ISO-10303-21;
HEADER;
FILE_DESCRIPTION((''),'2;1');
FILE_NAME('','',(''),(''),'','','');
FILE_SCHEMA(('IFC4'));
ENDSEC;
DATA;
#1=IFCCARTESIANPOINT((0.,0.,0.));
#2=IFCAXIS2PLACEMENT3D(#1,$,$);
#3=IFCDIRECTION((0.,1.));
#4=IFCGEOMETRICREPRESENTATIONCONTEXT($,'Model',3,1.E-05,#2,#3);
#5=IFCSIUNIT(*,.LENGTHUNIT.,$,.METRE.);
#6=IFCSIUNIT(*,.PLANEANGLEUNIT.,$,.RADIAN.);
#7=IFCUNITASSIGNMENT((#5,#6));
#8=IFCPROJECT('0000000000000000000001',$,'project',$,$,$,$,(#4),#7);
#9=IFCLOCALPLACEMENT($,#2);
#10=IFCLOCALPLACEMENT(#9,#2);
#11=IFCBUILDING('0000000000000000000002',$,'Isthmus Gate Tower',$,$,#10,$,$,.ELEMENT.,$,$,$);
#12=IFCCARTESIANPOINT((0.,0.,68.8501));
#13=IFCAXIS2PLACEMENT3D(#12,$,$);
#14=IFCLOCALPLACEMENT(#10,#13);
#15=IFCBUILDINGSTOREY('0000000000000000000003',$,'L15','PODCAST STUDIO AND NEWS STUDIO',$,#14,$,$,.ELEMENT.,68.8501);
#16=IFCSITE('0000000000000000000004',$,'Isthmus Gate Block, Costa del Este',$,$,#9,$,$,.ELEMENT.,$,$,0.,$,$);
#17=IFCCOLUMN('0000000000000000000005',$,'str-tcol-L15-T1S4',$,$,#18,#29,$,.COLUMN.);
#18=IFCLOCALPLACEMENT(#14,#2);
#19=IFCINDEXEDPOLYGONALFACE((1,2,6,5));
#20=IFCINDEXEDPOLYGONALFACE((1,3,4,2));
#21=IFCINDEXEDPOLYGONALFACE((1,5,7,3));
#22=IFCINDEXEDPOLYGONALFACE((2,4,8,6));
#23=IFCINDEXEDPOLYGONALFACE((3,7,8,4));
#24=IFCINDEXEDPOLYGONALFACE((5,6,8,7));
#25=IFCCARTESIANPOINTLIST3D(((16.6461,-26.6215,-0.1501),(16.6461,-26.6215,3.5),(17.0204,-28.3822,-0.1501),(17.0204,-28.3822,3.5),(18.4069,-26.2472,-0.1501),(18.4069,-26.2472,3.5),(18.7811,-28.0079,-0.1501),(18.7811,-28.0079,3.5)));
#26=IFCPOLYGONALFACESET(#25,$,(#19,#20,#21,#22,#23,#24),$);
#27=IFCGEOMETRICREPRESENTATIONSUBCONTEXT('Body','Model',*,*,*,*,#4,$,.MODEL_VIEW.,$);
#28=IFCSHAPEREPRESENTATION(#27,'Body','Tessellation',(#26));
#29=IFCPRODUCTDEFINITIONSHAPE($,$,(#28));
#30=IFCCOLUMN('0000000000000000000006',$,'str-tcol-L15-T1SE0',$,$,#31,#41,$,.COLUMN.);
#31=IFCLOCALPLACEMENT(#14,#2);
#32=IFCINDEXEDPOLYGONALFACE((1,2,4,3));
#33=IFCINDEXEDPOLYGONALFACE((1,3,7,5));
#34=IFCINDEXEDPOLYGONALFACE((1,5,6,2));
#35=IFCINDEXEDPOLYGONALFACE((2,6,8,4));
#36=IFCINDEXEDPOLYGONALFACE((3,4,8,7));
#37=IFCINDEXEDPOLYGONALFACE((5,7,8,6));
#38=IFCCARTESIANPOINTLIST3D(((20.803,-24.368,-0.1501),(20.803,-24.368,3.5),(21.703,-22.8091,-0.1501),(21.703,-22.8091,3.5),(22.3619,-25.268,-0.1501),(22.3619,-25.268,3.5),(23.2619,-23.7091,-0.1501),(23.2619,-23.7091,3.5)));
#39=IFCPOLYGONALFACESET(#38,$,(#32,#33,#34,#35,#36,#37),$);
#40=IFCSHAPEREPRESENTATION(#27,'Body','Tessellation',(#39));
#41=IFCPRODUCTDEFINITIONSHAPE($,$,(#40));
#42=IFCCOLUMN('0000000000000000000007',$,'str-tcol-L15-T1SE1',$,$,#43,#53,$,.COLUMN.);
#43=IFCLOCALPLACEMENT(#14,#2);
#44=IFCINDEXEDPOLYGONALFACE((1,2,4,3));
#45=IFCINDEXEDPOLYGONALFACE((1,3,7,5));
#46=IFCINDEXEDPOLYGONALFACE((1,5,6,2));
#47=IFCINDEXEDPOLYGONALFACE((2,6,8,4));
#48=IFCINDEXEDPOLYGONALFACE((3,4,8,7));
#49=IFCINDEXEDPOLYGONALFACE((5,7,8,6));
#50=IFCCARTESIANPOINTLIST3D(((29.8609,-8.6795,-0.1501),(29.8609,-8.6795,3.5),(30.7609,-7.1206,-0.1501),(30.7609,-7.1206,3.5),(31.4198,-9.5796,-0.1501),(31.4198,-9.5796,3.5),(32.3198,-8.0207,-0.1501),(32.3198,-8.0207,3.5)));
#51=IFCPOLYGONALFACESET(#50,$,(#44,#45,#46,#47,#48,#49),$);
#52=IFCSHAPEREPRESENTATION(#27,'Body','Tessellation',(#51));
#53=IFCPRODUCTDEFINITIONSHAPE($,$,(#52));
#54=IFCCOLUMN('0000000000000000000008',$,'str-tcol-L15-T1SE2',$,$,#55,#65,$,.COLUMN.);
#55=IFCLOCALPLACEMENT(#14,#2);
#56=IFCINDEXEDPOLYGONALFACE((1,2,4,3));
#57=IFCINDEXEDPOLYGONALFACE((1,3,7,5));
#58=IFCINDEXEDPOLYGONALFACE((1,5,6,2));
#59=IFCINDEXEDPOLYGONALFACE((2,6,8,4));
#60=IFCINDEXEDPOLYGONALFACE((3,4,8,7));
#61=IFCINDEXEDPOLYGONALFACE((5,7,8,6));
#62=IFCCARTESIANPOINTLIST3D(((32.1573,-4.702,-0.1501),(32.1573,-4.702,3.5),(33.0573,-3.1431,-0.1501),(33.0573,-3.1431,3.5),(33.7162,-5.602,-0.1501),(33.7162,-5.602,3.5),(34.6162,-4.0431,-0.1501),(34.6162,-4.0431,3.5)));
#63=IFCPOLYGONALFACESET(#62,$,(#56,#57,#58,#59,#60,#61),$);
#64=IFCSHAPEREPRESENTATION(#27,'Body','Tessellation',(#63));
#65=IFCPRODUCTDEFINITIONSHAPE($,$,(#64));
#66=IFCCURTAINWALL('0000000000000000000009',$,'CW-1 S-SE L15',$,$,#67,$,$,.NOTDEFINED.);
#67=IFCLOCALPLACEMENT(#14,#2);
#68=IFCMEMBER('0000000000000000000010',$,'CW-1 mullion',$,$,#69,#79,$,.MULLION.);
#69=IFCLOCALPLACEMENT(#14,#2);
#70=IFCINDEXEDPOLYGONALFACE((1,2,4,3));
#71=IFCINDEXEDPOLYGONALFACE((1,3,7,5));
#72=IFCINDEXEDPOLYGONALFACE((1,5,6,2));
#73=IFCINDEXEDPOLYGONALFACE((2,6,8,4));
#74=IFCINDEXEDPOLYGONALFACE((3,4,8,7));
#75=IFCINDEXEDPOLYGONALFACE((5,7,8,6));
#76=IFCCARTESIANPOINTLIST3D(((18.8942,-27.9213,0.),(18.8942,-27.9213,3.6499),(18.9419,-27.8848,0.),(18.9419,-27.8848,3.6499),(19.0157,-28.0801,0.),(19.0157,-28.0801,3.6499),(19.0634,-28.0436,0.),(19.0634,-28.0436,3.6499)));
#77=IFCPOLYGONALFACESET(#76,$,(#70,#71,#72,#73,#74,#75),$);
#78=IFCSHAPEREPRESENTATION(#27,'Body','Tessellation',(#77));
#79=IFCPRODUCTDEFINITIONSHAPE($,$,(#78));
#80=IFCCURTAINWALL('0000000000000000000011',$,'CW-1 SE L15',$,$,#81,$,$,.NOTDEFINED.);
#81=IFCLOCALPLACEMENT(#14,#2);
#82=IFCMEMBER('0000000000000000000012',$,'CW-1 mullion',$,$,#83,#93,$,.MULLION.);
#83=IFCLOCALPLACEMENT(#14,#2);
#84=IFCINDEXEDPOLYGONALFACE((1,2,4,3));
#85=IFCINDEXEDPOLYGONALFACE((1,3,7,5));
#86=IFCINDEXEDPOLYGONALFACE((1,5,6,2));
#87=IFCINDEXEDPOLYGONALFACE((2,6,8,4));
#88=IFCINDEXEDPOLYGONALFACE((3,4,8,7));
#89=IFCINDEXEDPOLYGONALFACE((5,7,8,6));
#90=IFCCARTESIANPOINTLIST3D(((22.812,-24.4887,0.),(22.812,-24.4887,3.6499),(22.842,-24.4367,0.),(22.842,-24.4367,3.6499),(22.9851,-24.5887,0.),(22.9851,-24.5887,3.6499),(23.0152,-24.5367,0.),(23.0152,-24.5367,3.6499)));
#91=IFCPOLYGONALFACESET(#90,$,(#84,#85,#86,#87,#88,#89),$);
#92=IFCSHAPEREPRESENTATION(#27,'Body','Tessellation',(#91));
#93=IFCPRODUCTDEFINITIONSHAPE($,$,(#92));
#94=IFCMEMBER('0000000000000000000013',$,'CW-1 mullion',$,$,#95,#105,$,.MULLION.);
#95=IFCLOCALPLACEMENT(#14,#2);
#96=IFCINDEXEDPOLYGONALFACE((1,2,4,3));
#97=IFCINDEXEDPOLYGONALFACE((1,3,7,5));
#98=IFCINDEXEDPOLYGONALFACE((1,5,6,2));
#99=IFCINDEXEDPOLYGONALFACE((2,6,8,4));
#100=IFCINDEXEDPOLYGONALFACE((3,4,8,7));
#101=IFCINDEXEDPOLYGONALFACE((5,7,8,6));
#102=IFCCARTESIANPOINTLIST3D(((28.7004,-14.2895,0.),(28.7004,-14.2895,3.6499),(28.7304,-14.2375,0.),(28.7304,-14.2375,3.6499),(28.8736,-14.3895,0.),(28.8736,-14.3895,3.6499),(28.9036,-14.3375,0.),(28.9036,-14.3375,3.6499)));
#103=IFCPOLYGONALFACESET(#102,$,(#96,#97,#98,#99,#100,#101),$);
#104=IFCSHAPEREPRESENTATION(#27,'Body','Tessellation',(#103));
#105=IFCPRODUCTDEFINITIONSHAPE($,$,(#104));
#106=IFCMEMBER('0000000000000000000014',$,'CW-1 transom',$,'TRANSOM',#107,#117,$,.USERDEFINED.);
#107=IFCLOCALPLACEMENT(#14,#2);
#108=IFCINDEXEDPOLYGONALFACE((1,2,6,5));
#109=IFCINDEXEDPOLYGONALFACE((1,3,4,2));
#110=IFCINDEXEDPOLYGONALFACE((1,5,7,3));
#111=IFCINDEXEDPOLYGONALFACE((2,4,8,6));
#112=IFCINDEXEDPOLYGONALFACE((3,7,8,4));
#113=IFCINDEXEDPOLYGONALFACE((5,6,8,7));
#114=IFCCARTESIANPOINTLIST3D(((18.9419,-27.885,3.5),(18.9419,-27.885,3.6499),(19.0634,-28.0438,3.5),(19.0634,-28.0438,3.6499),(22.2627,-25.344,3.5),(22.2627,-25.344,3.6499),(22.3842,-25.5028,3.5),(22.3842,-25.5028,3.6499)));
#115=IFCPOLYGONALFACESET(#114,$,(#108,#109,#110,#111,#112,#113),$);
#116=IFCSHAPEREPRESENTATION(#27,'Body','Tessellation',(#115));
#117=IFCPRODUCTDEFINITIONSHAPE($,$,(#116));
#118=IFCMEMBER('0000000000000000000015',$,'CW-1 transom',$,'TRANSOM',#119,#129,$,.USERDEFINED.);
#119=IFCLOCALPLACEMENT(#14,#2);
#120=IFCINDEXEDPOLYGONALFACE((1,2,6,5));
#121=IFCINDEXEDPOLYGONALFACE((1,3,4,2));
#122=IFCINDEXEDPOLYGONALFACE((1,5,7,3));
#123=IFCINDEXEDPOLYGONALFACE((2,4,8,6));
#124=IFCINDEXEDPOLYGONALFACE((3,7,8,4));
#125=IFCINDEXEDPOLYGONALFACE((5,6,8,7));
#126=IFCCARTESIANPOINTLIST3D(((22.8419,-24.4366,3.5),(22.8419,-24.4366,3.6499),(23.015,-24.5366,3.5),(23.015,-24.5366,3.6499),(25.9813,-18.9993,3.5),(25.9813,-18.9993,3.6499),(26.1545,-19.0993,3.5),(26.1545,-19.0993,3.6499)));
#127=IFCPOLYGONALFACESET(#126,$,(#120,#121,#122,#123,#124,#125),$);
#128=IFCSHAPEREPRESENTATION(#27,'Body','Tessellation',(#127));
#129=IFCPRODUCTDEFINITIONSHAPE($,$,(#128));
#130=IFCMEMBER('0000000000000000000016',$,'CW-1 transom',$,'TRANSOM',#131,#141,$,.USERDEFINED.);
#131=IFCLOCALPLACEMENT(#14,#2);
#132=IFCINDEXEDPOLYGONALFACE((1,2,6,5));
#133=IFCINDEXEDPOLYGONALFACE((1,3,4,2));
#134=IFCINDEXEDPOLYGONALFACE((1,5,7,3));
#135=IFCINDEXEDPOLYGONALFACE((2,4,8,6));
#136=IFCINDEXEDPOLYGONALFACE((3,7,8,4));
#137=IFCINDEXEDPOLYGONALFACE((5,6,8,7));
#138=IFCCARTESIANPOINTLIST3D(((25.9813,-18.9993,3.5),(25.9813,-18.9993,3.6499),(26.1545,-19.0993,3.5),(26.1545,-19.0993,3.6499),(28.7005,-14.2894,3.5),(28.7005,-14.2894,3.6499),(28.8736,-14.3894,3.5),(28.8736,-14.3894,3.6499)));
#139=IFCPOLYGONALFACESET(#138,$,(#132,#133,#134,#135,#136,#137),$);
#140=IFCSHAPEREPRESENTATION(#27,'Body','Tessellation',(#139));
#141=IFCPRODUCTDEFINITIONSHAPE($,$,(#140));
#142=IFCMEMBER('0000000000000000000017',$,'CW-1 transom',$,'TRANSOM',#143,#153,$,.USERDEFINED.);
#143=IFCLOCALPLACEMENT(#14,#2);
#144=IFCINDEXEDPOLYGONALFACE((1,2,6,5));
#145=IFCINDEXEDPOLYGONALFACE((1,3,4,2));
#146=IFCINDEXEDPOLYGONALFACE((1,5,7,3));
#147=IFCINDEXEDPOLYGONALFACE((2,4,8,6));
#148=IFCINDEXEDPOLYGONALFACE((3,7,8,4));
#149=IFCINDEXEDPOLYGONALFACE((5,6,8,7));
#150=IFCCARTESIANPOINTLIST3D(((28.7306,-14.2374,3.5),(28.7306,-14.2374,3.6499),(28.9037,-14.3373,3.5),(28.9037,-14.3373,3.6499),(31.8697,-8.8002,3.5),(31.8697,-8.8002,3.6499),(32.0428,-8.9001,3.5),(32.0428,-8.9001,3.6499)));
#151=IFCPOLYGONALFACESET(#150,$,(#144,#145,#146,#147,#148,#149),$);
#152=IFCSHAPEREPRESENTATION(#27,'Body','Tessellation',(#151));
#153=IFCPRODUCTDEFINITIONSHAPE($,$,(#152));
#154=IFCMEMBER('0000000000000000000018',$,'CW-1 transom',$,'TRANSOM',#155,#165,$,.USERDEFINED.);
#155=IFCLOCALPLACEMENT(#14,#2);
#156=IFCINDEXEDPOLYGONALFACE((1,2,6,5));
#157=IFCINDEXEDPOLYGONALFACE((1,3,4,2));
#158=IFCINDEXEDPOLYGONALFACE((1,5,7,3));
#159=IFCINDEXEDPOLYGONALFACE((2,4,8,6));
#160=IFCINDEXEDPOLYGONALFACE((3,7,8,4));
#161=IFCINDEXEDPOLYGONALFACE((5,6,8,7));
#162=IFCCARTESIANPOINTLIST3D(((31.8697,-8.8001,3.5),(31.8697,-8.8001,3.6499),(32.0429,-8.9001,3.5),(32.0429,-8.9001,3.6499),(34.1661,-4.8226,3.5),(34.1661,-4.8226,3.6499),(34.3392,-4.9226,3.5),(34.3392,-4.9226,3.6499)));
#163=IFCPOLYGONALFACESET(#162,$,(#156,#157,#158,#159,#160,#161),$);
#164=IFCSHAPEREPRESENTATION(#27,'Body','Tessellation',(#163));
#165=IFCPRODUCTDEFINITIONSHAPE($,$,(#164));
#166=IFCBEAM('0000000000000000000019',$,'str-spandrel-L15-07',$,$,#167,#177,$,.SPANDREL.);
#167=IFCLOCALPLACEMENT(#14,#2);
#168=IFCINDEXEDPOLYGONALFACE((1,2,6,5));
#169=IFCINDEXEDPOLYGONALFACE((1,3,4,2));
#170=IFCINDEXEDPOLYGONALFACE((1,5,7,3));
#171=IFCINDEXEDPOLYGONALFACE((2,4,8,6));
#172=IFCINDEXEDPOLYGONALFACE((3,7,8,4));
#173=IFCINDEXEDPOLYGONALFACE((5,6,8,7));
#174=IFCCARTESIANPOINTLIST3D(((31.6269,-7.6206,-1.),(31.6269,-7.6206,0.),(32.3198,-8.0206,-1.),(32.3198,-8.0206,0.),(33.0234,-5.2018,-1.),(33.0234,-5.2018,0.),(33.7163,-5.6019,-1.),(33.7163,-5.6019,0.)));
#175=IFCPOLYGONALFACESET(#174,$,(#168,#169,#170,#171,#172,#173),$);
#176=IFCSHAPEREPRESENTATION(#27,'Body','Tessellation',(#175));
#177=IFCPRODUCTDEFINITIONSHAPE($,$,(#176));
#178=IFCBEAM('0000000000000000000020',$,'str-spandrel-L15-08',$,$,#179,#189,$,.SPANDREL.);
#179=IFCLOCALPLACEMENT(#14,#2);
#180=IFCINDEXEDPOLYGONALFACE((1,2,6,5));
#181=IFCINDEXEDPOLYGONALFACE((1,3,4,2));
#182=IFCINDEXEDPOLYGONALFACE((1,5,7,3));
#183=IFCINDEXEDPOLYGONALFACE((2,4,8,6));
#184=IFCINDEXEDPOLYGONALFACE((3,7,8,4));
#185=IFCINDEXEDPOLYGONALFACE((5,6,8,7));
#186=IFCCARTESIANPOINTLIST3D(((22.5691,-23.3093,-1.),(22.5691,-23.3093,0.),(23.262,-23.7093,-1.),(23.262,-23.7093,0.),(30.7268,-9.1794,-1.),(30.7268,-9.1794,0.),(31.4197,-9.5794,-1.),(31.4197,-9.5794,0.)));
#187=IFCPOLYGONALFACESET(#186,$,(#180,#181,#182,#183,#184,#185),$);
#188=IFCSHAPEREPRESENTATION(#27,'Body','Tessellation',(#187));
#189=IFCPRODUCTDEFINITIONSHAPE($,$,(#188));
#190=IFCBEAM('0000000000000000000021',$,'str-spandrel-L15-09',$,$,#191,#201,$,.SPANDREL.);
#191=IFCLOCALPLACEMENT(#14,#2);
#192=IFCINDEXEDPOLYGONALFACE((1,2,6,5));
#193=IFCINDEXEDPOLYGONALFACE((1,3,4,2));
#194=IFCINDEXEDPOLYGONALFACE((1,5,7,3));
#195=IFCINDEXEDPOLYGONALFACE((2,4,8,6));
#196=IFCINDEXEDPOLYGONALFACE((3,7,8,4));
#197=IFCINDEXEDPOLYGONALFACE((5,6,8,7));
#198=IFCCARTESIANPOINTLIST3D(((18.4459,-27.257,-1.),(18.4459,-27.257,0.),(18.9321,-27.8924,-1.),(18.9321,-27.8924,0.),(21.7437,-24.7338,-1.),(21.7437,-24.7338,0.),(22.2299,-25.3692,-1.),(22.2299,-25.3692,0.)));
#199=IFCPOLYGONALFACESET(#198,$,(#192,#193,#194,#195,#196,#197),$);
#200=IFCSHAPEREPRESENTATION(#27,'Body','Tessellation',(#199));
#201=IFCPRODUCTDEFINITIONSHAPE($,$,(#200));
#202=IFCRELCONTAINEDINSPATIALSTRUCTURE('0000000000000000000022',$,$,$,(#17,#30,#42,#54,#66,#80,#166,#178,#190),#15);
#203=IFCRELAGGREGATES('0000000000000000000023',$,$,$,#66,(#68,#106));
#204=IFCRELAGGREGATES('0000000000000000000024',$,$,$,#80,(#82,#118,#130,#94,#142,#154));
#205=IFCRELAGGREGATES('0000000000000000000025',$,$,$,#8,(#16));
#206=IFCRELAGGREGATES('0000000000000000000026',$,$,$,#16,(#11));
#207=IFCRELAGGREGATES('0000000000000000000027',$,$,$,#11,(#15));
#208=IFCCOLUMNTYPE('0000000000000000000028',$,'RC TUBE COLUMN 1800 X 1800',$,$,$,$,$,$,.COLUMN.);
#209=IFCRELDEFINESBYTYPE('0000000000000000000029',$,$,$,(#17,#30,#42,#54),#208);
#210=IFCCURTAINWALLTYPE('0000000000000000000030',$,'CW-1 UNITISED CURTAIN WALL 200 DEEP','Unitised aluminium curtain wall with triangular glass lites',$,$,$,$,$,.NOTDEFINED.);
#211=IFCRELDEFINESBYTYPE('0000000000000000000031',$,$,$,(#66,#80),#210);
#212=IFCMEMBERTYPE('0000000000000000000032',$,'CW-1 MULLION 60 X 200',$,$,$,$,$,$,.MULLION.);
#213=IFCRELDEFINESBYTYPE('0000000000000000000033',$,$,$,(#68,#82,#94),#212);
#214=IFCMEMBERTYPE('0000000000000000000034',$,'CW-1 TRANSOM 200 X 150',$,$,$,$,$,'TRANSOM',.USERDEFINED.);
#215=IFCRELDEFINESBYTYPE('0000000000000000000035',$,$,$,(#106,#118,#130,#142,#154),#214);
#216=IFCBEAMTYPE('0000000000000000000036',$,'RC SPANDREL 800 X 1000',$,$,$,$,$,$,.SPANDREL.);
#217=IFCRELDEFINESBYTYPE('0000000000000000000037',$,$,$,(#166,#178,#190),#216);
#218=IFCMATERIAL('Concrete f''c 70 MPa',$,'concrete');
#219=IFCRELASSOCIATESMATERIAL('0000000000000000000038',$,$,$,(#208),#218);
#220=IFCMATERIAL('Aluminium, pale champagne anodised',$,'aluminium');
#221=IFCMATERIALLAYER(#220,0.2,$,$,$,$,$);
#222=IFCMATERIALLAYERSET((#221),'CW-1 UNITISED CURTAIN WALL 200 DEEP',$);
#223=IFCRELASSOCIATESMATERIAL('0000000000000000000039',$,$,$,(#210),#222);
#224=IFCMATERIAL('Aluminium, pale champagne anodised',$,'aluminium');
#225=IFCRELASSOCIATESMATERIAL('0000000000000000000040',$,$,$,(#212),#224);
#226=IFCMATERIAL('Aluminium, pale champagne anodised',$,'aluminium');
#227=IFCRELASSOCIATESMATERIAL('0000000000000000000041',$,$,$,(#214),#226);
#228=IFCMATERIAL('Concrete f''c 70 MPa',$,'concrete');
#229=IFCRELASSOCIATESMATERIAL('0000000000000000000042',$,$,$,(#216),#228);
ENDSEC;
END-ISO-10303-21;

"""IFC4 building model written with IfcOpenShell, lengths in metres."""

from ifc_helpers import new_model, si_unit, direction, frame, origin, origin_2d, place, context, subcontext, project, spatial, rectangle, extrude, material, layer, layer_set, material_profile, profile_set, type_object, element, aggregate, save


model = new_model("IFC4")

# Units and contexts
model_context = context("Model", 3, precision=1e-05, world=origin(), true_north=direction((0.0, 1.0)))
body_context = subcontext(model_context, "Body", "Model", "MODEL_VIEW")
ifc_project = project(units=[si_unit("LENGTHUNIT", "METRE"), si_unit("PLANEANGLEUNIT", "RADIAN")], contexts=[model_context])

# Site, building, storey
site_placement = place(None, origin())
site = spatial("IfcSite", under=ifc_project, at=site_placement, Name="Isthmus Gate Block, Costa del Este", CompositionType="ELEMENT", RefElevation=0.0)
building_placement = place(site_placement, origin())
building = spatial("IfcBuilding", under=site, at=building_placement, Name="Isthmus Gate Tower", CompositionType="ELEMENT")
storey_placement = place(building_placement, frame((0.0, 0.0, 68.8501)))
storey = spatial("IfcBuildingStorey", under=building, at=storey_placement, Name="L15", Description="PODCAST STUDIO AND NEWS STUDIO", CompositionType="ELEMENT", Elevation=68.8501)

# Columns
ifc_material_1 = material(Name="Concrete f'c 70 MPa", Category="concrete")
ifc_material_profile_1 = material_profile(ifc_material_1, rectangle(XDim=1.8, YDim=1.8, at=origin_2d()), Name="RC 1800X1800")
ifc_profile_set_1 = profile_set([ifc_material_profile_1], Name="Concrete f'c 70 MPa")
column_type = type_object("IfcColumnType", Name="RC TUBE COLUMN 1800 X 1800", PredefinedType="COLUMN", material=ifc_profile_set_1)
for number, where, z_axis, x_axis, name in (
    (1, (17.7136, -27.3147, -0.1501), (0.0, 0.0, 1.0), (0.978148, 0.207912, 0.0), "str-tcol-L15-T1S4"),
    (2, (22.0325, -24.0386, -0.1501), (0.0, 0.0, 1.0), (0.5, 0.866025, 0.0), "str-tcol-L15-T1SE0"),
    (3, (31.0903, -8.3501, -0.1501), (0.0, 0.0, 1.0), (0.5, 0.866025, 0.0), "str-tcol-L15-T1SE1"),
    (4, (33.3867, -4.3726, -0.1501), (0.0, 0.0, 1.0), (0.5, 0.866025, 0.0), "str-tcol-L15-T1SE2"),
):
    element("IfcColumn", number, at=place(storey_placement, frame(where, z_axis=z_axis, x_axis=x_axis)), inside=storey, type_object=column_type, Name=name, PredefinedType="COLUMN", context=body_context, shape_type="SweptSolid", body=[
        extrude(rectangle(XDim=1.8, YDim=1.8, at=origin_2d()), origin(), (0.0, 0.0, 1.0), 3.6501),
    ])

# Curtain wall, member
ifc_material_2 = material(Name="Aluminium, pale champagne anodised", Category="aluminium")
ifc_layer_1 = layer(ifc_material_2, 0.2)
ifc_layer_set_1 = layer_set([ifc_layer_1], Name="CW-1 UNITISED CURTAIN WALL 200 DEEP")
curtain_wall_type = type_object("IfcCurtainWallType", Name="CW-1 UNITISED CURTAIN WALL 200 DEEP", Description="Unitised aluminium curtain wall with triangular glass lites", PredefinedType="NOTDEFINED", material=ifc_layer_set_1)
curtain_wall_1_placement = place(storey_placement, origin())
curtain_wall_1 = element("IfcCurtainWall", 5, at=curtain_wall_1_placement, inside=storey, type_object=curtain_wall_type, Name="CW-1 S-SE L15", PredefinedType="NOTDEFINED")
ifc_material_3 = material(Name="Aluminium, pale champagne anodised", Category="aluminium")
ifc_material_profile_2 = material_profile(ifc_material_3, rectangle(XDim=0.0601, YDim=0.2, at=origin_2d()), Name="60x200")
ifc_profile_set_2 = profile_set([ifc_material_profile_2], Name="Aluminium, pale champagne anodised")
member_type_1 = type_object("IfcMemberType", Name="CW-1 MULLION 60 X 200", PredefinedType="MULLION", material=ifc_profile_set_2)
member_1_placement = place(storey_placement, frame((18.9788, -27.9824, 0.0), z_axis=(0.0, 0.0, 1.0), x_axis=(0.794189, 0.607671, 0.0)))
member_1 = element("IfcMember", 6, at=member_1_placement, type_object=member_type_1, Name="CW-1 mullion", PredefinedType="MULLION", context=body_context, shape_type="SweptSolid", body=[
    extrude(rectangle(XDim=0.0601, YDim=0.2, at=origin_2d()), origin(), (0.0, 0.0, 1.0), 3.6499),
])

# Curtain wall, members
curtain_wall_2_placement = place(storey_placement, origin())
curtain_wall_2 = element("IfcCurtainWall", 7, at=curtain_wall_2_placement, inside=storey, type_object=curtain_wall_type, Name="CW-1 SE L15", PredefinedType="NOTDEFINED")
member_2_placement = place(storey_placement, frame((22.9136, -24.5127, 0.0), z_axis=(0.0, 0.0, 1.0), x_axis=(0.5, 0.866025, 0.0)))
member_2 = element("IfcMember", 8, at=member_2_placement, type_object=member_type_1, Name="CW-1 mullion", PredefinedType="MULLION", context=body_context, shape_type="SweptSolid", body=[
    extrude(rectangle(XDim=0.0601, YDim=0.2, at=origin_2d()), origin(), (0.0, 0.0, 1.0), 3.6499),
])
member_3_placement = place(storey_placement, frame((28.802, -14.3135, 0.0), z_axis=(0.0, 0.0, 1.0), x_axis=(0.5, 0.866025, 0.0)))
member_3 = element("IfcMember", 9, at=member_3_placement, type_object=member_type_1, Name="CW-1 mullion", PredefinedType="MULLION", context=body_context, shape_type="SweptSolid", body=[
    extrude(rectangle(XDim=0.0601, YDim=0.2, at=origin_2d()), origin(), (0.0, 0.0, 1.0), 3.6499),
])

# Members
ifc_material_4 = material(Name="Aluminium, pale champagne anodised", Category="aluminium")
ifc_material_profile_3 = material_profile(ifc_material_4, rectangle(XDim=0.2, YDim=0.1499, at=origin_2d()), Name="200x150")
ifc_profile_set_3 = profile_set([ifc_material_profile_3], Name="Aluminium, pale champagne anodised")
member_type_2 = type_object("IfcMemberType", Name="CW-1 TRANSOM 200 X 150", ElementType="TRANSOM", PredefinedType="USERDEFINED", material=ifc_profile_set_3)
member_4_placement = place(storey_placement, frame((19.0027, -27.9644, 3.575), z_axis=(0.794175, 0.607688, 0.0), x_axis=(-0.607688, 0.794175, 0.0)))
member_4 = element("IfcMember", 10, at=member_4_placement, type_object=member_type_2, Name="CW-1 transom", ObjectType="TRANSOM", PredefinedType="USERDEFINED", context=body_context, shape_type="SweptSolid", body=[
    extrude(rectangle(XDim=0.2, YDim=0.1499, at=origin_2d()), origin(), (0.0, 0.0, 1.0), 4.1814),
])
member_5_placement = place(storey_placement, frame((22.9285, -24.4866, 3.575), z_axis=(0.500024, 0.866011, 0.0), x_axis=(-0.866011, 0.500024, 0.0)))
member_5 = element("IfcMember", 11, at=member_5_placement, type_object=member_type_2, Name="CW-1 transom", ObjectType="TRANSOM", PredefinedType="USERDEFINED", context=body_context, shape_type="SweptSolid", body=[
    extrude(rectangle(XDim=0.2, YDim=0.1499, at=origin_2d()), origin(), (0.0, 0.0, 1.0), 6.2786),
])
member_6_placement = place(storey_placement, frame((26.0679, -19.0493, 3.575), z_axis=(0.499992, 0.86603, 0.0), x_axis=(-0.86603, 0.499992, 0.0)))
member_6 = element("IfcMember", 12, at=member_6_placement, type_object=member_type_2, Name="CW-1 transom", ObjectType="TRANSOM", PredefinedType="USERDEFINED", context=body_context, shape_type="SweptSolid", body=[
    extrude(rectangle(XDim=0.2, YDim=0.1499, at=origin_2d()), origin(), (0.0, 0.0, 1.0), 5.4385),
])
member_7_placement = place(storey_placement, frame((28.8171, -14.2874, 3.575), z_axis=(0.499995, 0.866028, 0.0), x_axis=(-0.866028, 0.499995, 0.0)))
member_7 = element("IfcMember", 13, at=member_7_placement, type_object=member_type_2, Name="CW-1 transom", ObjectType="TRANSOM", PredefinedType="USERDEFINED", context=body_context, shape_type="SweptSolid", body=[
    extrude(rectangle(XDim=0.2, YDim=0.1499, at=origin_2d()), origin(), (0.0, 0.0, 1.0), 6.2783),
])
member_8_placement = place(storey_placement, frame((31.9563, -8.8501, 3.575), z_axis=(0.499992, 0.86603, 0.0), x_axis=(-0.86603, 0.499992, 0.0)))
member_8 = element("IfcMember", 14, at=member_8_placement, type_object=member_type_2, Name="CW-1 transom", ObjectType="TRANSOM", PredefinedType="USERDEFINED", context=body_context, shape_type="SweptSolid", body=[
    extrude(rectangle(XDim=0.2, YDim=0.1499, at=origin_2d()), origin(), (0.0, 0.0, 1.0), 4.5928),
])

# Beams
ifc_material_5 = material(Name="Concrete f'c 70 MPa", Category="concrete")
ifc_material_profile_4 = material_profile(ifc_material_5, rectangle(XDim=0.8, YDim=1.0, at=origin_2d()), Name="RC 800X1000")
ifc_profile_set_4 = profile_set([ifc_material_profile_4], Name="Concrete f'c 70 MPa")
beam_type_1 = type_object("IfcBeamType", Name="RC SPANDREL 800 X 1000", PredefinedType="SPANDREL", material=ifc_profile_set_4)
beam_1_placement = place(storey_placement, frame((33.3699, -5.4019, -0.5), z_axis=(-0.500013, -0.866018, 0.0), x_axis=(0.866018, -0.500013, 0.0)))
element("IfcBeam", 15, at=beam_1_placement, inside=storey, type_object=beam_type_1, Name="str-spandrel-L15-07", PredefinedType="SPANDREL", context=body_context, shape_type="SweptSolid", body=[
    extrude(rectangle(XDim=0.8, YDim=1.0, at=origin_2d()), origin(), (0.0, 0.0, 1.0), 2.793),
])
beam_2_placement = place(storey_placement, frame((31.0732, -9.3794, -0.5), z_axis=(-0.499992, -0.86603, 0.0), x_axis=(0.86603, -0.499992, 0.0)))
element("IfcBeam", 16, at=beam_2_placement, inside=storey, type_object=beam_type_1, Name="str-spandrel-L15-08", PredefinedType="SPANDREL", context=body_context, shape_type="SweptSolid", body=[
    extrude(rectangle(XDim=0.8, YDim=1.0, at=origin_2d()), origin(), (0.0, 0.0, 1.0), 16.3157),
])
beam_3_placement = place(storey_placement, frame((21.9868, -25.0515, -0.5), z_axis=(-0.794206, -0.607649, 0.0), x_axis=(0.607649, -0.794206, 0.0)))
element("IfcBeam", 17, at=beam_3_placement, inside=storey, type_object=beam_type_1, Name="str-spandrel-L15-09", PredefinedType="SPANDREL", context=body_context, shape_type="SweptSolid", body=[
    extrude(rectangle(XDim=0.8, YDim=1.0, at=origin_2d()), origin(), (0.0, 0.0, 1.0), 4.1523),
])

aggregate(curtain_wall_1, [member_1, member_4])
aggregate(curtain_wall_2, [member_2, member_5, member_6, member_3, member_7, member_8])

save(model, "model.ifc")
